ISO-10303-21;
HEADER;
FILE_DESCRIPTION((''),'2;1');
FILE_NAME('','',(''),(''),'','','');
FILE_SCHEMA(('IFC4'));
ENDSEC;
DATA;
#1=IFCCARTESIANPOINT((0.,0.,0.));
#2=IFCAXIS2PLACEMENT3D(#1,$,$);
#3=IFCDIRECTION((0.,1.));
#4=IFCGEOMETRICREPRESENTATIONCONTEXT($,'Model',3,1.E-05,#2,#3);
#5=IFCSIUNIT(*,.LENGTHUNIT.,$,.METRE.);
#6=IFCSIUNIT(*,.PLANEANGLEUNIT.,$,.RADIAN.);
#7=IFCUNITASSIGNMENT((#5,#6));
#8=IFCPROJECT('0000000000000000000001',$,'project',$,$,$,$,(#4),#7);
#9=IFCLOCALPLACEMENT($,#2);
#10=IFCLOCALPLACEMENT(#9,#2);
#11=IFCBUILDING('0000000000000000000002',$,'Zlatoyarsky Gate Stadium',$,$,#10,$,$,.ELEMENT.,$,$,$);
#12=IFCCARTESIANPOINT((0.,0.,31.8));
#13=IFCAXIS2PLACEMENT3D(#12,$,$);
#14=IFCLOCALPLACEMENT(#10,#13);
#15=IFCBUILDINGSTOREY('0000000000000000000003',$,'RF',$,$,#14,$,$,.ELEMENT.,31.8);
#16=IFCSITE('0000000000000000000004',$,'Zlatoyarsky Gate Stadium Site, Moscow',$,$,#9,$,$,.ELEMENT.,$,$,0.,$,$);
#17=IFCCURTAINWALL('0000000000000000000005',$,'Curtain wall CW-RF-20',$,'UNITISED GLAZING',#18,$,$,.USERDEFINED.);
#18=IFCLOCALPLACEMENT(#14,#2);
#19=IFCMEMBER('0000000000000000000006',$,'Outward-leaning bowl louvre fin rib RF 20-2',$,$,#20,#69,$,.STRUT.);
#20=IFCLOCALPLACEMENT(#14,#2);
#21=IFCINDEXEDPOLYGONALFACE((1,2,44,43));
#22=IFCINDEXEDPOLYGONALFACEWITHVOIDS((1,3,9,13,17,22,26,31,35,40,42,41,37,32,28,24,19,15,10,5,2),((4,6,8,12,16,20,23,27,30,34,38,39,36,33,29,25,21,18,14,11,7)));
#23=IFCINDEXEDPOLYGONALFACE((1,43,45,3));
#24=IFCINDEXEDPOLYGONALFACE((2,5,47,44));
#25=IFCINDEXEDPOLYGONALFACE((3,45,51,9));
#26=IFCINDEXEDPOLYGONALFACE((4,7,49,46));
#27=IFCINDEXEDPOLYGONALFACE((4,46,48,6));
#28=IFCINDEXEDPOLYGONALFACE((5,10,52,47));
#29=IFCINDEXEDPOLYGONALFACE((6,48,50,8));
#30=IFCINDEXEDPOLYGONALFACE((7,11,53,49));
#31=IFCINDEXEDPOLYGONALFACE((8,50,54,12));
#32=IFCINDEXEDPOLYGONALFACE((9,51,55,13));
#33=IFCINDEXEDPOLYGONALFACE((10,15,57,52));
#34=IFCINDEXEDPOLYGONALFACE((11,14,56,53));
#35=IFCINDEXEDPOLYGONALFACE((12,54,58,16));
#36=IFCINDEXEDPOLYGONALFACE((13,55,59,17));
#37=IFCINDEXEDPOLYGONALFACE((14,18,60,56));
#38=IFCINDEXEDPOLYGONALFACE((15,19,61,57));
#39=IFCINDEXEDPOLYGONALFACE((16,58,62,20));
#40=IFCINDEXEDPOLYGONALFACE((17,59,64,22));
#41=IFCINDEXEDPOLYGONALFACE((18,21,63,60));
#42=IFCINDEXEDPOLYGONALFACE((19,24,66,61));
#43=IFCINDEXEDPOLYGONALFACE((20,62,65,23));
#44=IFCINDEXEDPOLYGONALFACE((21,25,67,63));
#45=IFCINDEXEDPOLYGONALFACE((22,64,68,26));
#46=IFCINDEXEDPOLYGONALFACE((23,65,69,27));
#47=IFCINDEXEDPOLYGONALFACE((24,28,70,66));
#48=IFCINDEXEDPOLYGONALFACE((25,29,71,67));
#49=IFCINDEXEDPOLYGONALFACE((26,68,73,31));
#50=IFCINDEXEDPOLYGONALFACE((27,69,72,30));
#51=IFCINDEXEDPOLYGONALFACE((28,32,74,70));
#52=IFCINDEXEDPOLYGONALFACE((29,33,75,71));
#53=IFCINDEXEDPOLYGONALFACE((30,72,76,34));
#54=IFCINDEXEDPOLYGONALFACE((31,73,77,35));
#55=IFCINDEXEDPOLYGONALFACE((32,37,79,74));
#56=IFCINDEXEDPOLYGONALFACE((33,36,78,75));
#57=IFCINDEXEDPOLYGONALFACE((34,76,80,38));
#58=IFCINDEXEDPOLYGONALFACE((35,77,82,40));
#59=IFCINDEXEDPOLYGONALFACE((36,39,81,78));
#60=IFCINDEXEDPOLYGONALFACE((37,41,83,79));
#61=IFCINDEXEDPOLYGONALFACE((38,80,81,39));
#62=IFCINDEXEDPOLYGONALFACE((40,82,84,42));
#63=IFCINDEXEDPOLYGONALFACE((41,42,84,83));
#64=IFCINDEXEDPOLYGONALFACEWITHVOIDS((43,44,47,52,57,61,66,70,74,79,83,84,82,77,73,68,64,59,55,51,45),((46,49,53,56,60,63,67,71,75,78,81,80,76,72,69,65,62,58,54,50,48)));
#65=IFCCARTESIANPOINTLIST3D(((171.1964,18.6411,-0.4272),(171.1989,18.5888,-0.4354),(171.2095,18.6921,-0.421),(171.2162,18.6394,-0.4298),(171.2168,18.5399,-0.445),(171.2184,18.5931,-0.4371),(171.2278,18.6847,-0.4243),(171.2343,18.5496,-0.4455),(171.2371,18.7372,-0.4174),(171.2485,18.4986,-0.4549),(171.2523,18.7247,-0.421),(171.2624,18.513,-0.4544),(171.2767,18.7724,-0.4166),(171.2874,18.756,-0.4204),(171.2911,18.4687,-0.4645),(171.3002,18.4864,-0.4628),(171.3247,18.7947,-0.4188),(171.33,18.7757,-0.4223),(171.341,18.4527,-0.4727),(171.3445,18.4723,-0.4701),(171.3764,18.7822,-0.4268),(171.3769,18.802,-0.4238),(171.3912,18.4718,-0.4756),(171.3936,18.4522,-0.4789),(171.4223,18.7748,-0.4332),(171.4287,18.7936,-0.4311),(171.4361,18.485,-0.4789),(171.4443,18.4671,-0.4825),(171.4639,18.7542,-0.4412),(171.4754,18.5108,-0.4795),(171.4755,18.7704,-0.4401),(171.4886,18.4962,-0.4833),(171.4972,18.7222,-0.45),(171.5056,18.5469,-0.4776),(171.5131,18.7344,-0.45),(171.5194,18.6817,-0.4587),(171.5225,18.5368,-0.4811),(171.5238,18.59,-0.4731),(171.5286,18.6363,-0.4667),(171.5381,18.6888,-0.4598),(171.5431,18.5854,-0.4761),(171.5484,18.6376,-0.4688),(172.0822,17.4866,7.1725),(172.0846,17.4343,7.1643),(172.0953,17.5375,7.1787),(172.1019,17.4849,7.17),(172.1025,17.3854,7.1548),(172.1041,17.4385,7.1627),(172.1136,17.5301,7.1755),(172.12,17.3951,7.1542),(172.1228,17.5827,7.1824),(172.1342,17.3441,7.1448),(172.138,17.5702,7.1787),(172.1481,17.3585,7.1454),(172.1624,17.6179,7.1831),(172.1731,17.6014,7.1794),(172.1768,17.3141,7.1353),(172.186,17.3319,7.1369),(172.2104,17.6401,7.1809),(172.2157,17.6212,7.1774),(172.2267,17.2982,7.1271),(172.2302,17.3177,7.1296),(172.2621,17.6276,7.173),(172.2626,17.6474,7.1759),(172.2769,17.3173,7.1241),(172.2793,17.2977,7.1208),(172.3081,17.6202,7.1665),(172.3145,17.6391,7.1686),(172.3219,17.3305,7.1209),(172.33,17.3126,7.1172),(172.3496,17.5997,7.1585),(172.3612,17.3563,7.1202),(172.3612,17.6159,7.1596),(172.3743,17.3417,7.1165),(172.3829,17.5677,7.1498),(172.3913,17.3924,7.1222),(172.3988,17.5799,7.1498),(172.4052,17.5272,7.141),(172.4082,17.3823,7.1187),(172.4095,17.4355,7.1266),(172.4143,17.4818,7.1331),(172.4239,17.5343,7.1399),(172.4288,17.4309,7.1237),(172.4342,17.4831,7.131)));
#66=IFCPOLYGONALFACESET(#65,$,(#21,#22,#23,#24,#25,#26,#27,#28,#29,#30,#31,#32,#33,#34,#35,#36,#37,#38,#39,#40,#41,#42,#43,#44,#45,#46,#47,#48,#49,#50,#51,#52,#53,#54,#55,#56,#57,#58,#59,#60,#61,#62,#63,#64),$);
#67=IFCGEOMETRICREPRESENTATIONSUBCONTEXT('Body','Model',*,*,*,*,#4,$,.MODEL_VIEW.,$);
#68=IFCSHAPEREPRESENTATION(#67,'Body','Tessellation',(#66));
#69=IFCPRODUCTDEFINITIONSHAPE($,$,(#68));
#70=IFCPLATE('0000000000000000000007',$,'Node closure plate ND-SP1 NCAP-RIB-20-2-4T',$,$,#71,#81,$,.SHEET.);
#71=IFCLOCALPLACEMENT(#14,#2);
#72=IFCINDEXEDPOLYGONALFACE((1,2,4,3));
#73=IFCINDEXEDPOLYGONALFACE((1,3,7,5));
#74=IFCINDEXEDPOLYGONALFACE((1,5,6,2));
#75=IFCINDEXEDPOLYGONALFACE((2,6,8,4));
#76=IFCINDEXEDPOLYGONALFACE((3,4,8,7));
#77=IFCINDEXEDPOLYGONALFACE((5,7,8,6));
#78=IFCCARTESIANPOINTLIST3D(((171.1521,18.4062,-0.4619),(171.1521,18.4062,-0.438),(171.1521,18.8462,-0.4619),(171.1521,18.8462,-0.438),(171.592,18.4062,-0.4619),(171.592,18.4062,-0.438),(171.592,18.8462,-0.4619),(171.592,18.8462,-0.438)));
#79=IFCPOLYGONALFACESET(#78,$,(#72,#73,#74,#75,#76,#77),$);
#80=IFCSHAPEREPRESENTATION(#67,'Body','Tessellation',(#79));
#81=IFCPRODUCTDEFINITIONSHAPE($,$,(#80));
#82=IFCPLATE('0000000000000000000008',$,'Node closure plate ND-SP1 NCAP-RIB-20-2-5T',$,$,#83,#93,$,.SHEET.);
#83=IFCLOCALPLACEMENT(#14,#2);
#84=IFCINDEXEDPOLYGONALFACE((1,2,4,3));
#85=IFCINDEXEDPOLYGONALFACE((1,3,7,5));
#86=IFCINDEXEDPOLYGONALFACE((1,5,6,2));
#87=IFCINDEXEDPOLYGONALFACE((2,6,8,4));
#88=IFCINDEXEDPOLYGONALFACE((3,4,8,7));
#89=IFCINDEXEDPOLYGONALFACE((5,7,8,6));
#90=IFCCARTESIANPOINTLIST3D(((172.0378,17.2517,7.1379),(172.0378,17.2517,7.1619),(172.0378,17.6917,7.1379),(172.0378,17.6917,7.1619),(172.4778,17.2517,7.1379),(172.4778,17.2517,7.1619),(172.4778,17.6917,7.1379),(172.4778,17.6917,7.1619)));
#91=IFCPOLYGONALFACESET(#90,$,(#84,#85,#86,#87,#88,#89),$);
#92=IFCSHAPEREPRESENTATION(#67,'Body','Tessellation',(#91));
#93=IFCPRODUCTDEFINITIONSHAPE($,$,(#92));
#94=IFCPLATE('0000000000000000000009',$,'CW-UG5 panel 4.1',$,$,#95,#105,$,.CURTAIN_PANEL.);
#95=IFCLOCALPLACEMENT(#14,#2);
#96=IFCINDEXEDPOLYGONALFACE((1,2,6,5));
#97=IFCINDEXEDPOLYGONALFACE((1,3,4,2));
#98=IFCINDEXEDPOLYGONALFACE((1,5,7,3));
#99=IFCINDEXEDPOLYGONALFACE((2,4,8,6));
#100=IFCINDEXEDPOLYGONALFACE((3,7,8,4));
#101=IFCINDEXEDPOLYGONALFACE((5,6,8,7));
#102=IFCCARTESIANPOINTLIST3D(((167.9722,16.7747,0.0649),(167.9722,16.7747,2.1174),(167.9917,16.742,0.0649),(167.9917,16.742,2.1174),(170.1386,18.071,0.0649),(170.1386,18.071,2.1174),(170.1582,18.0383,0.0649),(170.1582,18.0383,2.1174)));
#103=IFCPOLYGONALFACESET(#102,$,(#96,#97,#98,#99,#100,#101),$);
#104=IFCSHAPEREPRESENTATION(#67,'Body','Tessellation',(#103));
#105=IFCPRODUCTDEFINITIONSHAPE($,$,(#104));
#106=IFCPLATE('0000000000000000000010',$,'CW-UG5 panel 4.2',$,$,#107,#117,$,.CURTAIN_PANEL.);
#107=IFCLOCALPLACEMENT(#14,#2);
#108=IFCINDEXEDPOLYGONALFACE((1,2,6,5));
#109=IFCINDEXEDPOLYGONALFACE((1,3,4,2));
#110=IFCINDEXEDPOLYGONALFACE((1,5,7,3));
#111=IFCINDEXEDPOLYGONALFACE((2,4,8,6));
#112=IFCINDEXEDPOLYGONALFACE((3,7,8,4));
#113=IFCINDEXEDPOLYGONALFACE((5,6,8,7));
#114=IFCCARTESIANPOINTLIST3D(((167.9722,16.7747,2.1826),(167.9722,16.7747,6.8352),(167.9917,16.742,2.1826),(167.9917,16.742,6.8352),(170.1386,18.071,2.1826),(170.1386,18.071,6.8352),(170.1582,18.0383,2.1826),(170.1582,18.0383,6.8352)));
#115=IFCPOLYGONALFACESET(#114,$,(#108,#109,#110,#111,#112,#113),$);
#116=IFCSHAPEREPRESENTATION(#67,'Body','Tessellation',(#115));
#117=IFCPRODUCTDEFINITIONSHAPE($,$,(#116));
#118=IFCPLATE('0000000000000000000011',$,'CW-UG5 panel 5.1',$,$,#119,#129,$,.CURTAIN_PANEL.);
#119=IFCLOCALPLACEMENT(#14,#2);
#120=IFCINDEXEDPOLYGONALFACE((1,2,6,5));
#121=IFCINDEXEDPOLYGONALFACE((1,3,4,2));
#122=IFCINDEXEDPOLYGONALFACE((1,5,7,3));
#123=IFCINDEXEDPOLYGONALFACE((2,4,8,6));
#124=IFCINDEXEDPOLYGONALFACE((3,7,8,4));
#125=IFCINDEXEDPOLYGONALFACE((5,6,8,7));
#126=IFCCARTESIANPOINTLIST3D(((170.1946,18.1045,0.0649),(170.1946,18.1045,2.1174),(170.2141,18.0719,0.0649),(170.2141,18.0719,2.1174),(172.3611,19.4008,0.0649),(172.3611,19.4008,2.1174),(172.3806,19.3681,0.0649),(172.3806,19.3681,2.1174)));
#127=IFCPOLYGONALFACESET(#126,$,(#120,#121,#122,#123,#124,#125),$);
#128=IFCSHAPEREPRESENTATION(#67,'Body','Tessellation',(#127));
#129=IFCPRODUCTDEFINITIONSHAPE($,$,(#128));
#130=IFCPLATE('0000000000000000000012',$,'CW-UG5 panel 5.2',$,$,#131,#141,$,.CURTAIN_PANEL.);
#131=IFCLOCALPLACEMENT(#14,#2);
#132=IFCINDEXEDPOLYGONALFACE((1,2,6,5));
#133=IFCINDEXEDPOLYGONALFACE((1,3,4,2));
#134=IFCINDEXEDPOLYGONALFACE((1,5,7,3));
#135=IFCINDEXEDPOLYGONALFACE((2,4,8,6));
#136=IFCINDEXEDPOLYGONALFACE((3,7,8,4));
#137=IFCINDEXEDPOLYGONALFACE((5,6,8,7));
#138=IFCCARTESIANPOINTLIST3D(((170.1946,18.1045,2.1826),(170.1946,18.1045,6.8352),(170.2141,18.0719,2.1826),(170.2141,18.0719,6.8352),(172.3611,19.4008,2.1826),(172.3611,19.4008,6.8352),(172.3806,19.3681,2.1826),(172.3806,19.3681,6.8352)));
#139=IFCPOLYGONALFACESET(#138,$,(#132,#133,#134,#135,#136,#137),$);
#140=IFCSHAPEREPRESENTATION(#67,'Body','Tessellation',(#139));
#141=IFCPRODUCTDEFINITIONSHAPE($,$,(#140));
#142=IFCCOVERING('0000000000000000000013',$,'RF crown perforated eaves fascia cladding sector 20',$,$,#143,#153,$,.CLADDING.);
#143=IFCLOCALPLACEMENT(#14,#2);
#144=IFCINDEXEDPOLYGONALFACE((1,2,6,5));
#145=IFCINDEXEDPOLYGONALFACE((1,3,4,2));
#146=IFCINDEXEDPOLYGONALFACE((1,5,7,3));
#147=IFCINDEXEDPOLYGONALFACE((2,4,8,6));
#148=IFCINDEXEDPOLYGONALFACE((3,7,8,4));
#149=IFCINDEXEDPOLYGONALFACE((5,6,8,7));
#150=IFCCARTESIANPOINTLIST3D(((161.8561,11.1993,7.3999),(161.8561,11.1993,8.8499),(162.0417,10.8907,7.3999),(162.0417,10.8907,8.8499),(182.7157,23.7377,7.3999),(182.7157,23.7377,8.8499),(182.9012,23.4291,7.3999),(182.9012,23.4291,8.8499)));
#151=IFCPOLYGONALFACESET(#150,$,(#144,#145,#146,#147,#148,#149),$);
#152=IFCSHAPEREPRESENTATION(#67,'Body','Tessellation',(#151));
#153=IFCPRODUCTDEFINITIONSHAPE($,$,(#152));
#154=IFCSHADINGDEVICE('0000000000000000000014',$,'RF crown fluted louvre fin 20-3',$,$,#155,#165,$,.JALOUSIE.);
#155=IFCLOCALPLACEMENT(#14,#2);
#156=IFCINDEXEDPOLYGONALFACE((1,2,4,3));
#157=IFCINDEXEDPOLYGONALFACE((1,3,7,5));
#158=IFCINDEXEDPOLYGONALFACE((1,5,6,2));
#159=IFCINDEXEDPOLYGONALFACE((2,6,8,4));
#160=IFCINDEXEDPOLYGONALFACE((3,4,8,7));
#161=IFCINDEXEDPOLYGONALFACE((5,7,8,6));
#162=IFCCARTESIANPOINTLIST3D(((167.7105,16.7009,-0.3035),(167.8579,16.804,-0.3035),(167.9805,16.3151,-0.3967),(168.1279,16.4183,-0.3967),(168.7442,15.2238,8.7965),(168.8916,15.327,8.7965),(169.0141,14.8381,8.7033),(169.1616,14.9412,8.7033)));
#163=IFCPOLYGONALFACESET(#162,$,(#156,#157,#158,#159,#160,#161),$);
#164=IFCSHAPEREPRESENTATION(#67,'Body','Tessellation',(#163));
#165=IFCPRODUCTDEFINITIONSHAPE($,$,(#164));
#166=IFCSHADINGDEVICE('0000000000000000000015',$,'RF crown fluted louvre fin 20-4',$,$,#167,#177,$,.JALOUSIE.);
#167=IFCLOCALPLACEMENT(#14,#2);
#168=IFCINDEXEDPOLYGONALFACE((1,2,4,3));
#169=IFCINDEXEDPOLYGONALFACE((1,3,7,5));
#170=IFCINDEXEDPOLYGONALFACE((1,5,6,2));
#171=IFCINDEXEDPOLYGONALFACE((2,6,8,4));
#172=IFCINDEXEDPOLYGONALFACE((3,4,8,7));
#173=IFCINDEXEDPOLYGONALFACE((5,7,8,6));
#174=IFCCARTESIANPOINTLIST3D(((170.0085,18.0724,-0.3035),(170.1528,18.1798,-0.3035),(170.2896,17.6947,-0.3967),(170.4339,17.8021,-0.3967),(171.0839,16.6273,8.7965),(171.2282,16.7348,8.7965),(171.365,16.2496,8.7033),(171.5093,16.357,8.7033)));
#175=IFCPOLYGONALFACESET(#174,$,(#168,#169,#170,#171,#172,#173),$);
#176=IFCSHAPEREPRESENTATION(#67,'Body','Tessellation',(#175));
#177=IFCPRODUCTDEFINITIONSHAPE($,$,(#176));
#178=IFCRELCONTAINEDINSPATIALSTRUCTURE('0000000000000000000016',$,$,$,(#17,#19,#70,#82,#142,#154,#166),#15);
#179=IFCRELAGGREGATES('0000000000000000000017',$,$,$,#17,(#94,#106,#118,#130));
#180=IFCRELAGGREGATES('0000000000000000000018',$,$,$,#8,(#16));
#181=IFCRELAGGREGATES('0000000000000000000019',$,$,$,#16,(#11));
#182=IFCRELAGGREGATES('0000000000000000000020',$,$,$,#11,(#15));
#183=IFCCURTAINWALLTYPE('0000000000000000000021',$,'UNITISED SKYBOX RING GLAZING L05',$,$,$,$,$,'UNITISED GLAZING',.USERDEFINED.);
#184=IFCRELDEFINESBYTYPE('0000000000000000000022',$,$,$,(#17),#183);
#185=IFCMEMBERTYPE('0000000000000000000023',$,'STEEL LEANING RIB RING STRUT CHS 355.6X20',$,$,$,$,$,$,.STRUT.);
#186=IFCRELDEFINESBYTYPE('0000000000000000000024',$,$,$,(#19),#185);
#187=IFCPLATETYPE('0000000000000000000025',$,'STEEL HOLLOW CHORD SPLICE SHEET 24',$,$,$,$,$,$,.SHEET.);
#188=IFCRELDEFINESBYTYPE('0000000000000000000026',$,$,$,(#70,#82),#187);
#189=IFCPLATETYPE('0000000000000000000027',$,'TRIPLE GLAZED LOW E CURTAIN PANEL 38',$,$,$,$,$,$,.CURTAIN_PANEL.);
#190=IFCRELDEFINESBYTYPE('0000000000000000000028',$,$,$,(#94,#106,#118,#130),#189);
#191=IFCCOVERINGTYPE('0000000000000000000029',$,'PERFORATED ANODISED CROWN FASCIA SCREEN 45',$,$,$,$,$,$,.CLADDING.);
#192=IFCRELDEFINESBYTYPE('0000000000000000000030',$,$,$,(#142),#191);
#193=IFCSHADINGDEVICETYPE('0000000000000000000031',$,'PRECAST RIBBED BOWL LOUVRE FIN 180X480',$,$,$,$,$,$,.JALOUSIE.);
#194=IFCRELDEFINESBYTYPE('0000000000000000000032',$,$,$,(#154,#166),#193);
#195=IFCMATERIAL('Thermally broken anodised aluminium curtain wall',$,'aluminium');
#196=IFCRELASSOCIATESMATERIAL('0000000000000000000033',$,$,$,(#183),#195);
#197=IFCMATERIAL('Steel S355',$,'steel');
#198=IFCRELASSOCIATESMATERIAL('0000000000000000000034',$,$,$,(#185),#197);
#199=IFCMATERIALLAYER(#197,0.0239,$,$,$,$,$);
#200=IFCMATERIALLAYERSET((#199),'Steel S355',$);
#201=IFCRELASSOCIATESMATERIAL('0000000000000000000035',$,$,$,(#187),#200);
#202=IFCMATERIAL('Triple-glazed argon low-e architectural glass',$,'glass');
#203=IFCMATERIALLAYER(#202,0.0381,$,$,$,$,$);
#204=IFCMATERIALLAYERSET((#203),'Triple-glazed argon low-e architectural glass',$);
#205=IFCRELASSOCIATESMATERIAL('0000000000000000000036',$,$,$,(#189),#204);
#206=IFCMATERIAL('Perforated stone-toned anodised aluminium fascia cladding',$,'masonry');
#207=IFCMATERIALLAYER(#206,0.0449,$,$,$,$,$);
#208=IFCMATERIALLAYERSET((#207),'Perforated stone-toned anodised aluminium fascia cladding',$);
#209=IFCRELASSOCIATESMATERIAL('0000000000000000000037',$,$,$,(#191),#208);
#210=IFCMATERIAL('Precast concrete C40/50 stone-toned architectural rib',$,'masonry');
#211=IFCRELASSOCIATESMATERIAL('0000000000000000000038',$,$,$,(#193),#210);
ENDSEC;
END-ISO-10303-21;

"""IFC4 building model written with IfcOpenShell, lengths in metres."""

from ifc_helpers import new_model, si_unit, direction, frame, origin, origin_2d, place, context, subcontext, project, spatial, rectangle, hollow_circle, extrude, material, layer, layer_set, material_profile, profile_set, type_object, element, aggregate, save


model = new_model("IFC4")

# Units and contexts
model_context = context("Model", 3, precision=1e-05, world=origin(), true_north=direction((0.0, 1.0)))
body_context = subcontext(model_context, "Body", "Model", "MODEL_VIEW")
ifc_project = project(units=[si_unit("LENGTHUNIT", "METRE"), si_unit("PLANEANGLEUNIT", "RADIAN")], contexts=[model_context])

# Site, building, storey
site_placement = place(None, origin())
site = spatial("IfcSite", under=ifc_project, at=site_placement, Name="Zlatoyarsky Gate Stadium Site, Moscow", CompositionType="ELEMENT", RefElevation=0.0)
building_placement = place(site_placement, origin())
building = spatial("IfcBuilding", under=site, at=building_placement, Name="Zlatoyarsky Gate Stadium", CompositionType="ELEMENT")
storey_placement = place(building_placement, frame((0.0, 0.0, 31.8)))
storey = spatial("IfcBuildingStorey", under=building, at=storey_placement, Name="RF", CompositionType="ELEMENT", Elevation=31.8)

# Curtain wall
ifc_material_1 = material(Name="Thermally broken anodised aluminium curtain wall", Category="aluminium")
curtain_wall_type = type_object("IfcCurtainWallType", Name="UNITISED SKYBOX RING GLAZING L05", ElementType="UNITISED GLAZING", PredefinedType="USERDEFINED", material=ifc_material_1)
curtain_wall_placement = place(storey_placement, origin())
curtain_wall = element("IfcCurtainWall", 1, at=curtain_wall_placement, inside=storey, type_object=curtain_wall_type, Name="Curtain wall CW-RF-20", ObjectType="UNITISED GLAZING", PredefinedType="USERDEFINED")

# Member
ifc_material_2 = material(Name="Steel S355", Category="steel")
ifc_material_profile_1 = material_profile(ifc_material_2, hollow_circle(Radius=0.1777, WallThickness=0.02, at=origin_2d()), Name="CHS 355.6X20")
ifc_profile_set_1 = profile_set([ifc_material_profile_1], Name="Steel S355")
member_type_1 = type_object("IfcMemberType", Name="STEEL LEANING RIB RING STRUT CHS 355.6X20", PredefinedType="STRUT", material=ifc_profile_set_1)
member_1_placement = place(storey_placement, frame((171.3721, 18.6262, -0.45), z_axis=(0.114468, -0.149206, 0.982158), x_axis=(0.793409, 0.608689, 0.0)))
element("IfcMember", 2, at=member_1_placement, inside=storey, type_object=member_type_1, Name="Outward-leaning bowl louvre fin rib RF 20-2", PredefinedType="STRUT", context=body_context, shape_type="SweptSolid", body=[
    extrude(hollow_circle(Radius=0.1777, WallThickness=0.02, at=origin_2d()), origin(), (0.0, 0.0, 1.0), 7.7378),
])

# Plates
ifc_layer_1 = layer(ifc_material_2, 0.0239)
ifc_layer_set_1 = layer_set([ifc_layer_1], Name="Steel S355")
plate_type_1 = type_object("IfcPlateType", Name="STEEL HOLLOW CHORD SPLICE SHEET 24", PredefinedType="SHEET", material=ifc_layer_set_1)
for number, where, z_axis, x_axis, name in (
    (3, (171.3721, 18.6262, -0.4619), (0.0, 0.0, 1.0), (1.0, 0.0, 0.0), "Node closure plate ND-SP1 NCAP-RIB-20-2-4T"),
    (4, (172.2578, 17.4717, 7.1379), (0.0, 0.0, 1.0), (1.0, 0.0, 0.0), "Node closure plate ND-SP1 NCAP-RIB-20-2-5T"),
):
    element("IfcPlate", number, at=place(storey_placement, frame(where, z_axis=z_axis, x_axis=x_axis)), inside=storey, type_object=plate_type_1, Name=name, PredefinedType="SHEET", context=body_context, shape_type="SweptSolid", body=[
        extrude(rectangle(XDim=0.4399, YDim=0.4399, at=origin_2d()), origin(), (0.0, 0.0, 1.0), 0.0239),
    ])

# Plates
ifc_material_3 = material(Name="Triple-glazed argon low-e architectural glass", Category="glass")
ifc_layer_2 = layer(ifc_material_3, 0.0381)
ifc_layer_set_2 = layer_set([ifc_layer_2], Name="Triple-glazed argon low-e architectural glass")
plate_type_2 = type_object("IfcPlateType", Name="TRIPLE GLAZED LOW E CURTAIN PANEL 38", PredefinedType="CURTAIN_PANEL", material=ifc_layer_set_2)
plate_1_placement = place(storey_placement, frame((169.0652, 17.4065, 0.0649), z_axis=(0.0, 0.0, 1.0), x_axis=(0.858128, 0.513436, 0.0)))
plate_1 = element("IfcPlate", 5, at=plate_1_placement, type_object=plate_type_2, Name="CW-UG5 panel 4.1", PredefinedType="CURTAIN_PANEL", context=body_context, shape_type="SweptSolid", body=[
    extrude(rectangle(XDim=2.5247, YDim=0.0381, at=origin_2d()), origin(), (0.0, 0.0, 1.0), 2.0525),
])
plate_2_placement = place(storey_placement, frame((169.0652, 17.4065, 2.1826), z_axis=(0.0, 0.0, 1.0), x_axis=(0.858128, 0.513436, 0.0)))
plate_2 = element("IfcPlate", 6, at=plate_2_placement, type_object=plate_type_2, Name="CW-UG5 panel 4.2", PredefinedType="CURTAIN_PANEL", context=body_context, shape_type="SweptSolid", body=[
    extrude(rectangle(XDim=2.5247, YDim=0.0381, at=origin_2d()), origin(), (0.0, 0.0, 1.0), 4.6526),
])
plate_3_placement = place(storey_placement, frame((171.2876, 18.7363, 0.0649), z_axis=(0.0, 0.0, 1.0), x_axis=(0.858128, 0.513436, 0.0)))
plate_3 = element("IfcPlate", 7, at=plate_3_placement, type_object=plate_type_2, Name="CW-UG5 panel 5.1", PredefinedType="CURTAIN_PANEL", context=body_context, shape_type="SweptSolid", body=[
    extrude(rectangle(XDim=2.5247, YDim=0.0381, at=origin_2d()), origin(), (0.0, 0.0, 1.0), 2.0525),
])
plate_4_placement = place(storey_placement, frame((171.2876, 18.7363, 2.1826), z_axis=(0.0, 0.0, 1.0), x_axis=(0.858128, 0.513436, 0.0)))
plate_4 = element("IfcPlate", 8, at=plate_4_placement, type_object=plate_type_2, Name="CW-UG5 panel 5.2", PredefinedType="CURTAIN_PANEL", context=body_context, shape_type="SweptSolid", body=[
    extrude(rectangle(XDim=2.5247, YDim=0.0381, at=origin_2d()), origin(), (0.0, 0.0, 1.0), 4.6526),
])
aggregate(curtain_wall, [plate_1, plate_2, plate_3, plate_4])

# Covering
ifc_material_4 = material(Name="Perforated stone-toned anodised aluminium fascia cladding", Category="masonry")
ifc_layer_3 = layer(ifc_material_4, 0.0449)
ifc_layer_set_3 = layer_set([ifc_layer_3], Name="Perforated stone-toned anodised aluminium fascia cladding")
covering_type = type_object("IfcCoveringType", Name="PERFORATED ANODISED CROWN FASCIA SCREEN 45", PredefinedType="CLADDING", material=ifc_layer_set_3)
covering_placement = place(storey_placement, frame((172.3787, 17.3142, 7.3999), z_axis=(0.0, 0.0, 1.0), x_axis=(0.857081, 0.515182, 0.0)))
element("IfcCovering", 9, at=covering_placement, inside=storey, type_object=covering_type, Name="RF crown perforated eaves fascia cladding sector 20", PredefinedType="CLADDING", context=body_context, shape_type="SweptSolid", body=[
    extrude(rectangle(XDim=24.3379, YDim=0.3601, at=origin_2d()), origin(), (0.0, 0.0, 1.0), 1.45),
])

# Shading devices
ifc_material_5 = material(Name="Precast concrete C40/50 stone-toned architectural rib", Category="masonry")
ifc_material_profile_2 = material_profile(ifc_material_5, rectangle(XDim=0.1799, YDim=0.48, at=origin_2d()), Name="RIB 180X480")
ifc_profile_set_2 = profile_set([ifc_material_profile_2], Name="Precast concrete C40/50 stone-toned architectural rib")
shading_device_type = type_object("IfcShadingDeviceType", Name="PRECAST RIBBED BOWL LOUVRE FIN 180X480", PredefinedType="JALOUSIE", material=ifc_profile_set_2)
shading_device_1_placement = place(storey_placement, frame((167.9192, 16.5596, -0.3501), z_axis=(0.111426, -0.159217, 0.980935), x_axis=(0.819296, 0.573371, 0.0)))
element("IfcShadingDevice", 10, at=shading_device_1_placement, inside=storey, type_object=shading_device_type, Name="RF crown fluted louvre fin 20-3", PredefinedType="JALOUSIE", context=body_context, shape_type="SweptSolid", body=[
    extrude(rectangle(XDim=0.1799, YDim=0.48, at=origin_2d()), origin(), (0.0, 0.0, 1.0), 9.2769),
])
shading_device_2_placement = place(storey_placement, frame((170.2212, 17.9373, -0.3501), z_axis=(0.115929, -0.155775, 0.980966), x_axis=(0.802223, 0.597025, 0.0)))
element("IfcShadingDevice", 11, at=shading_device_2_placement, inside=storey, type_object=shading_device_type, Name="RF crown fluted louvre fin 20-4", PredefinedType="JALOUSIE", context=body_context, shape_type="SweptSolid", body=[
    extrude(rectangle(XDim=0.1799, YDim=0.48, at=origin_2d()), origin(), (0.0, 0.0, 1.0), 9.2766),
])

save(model, "model.ifc")
